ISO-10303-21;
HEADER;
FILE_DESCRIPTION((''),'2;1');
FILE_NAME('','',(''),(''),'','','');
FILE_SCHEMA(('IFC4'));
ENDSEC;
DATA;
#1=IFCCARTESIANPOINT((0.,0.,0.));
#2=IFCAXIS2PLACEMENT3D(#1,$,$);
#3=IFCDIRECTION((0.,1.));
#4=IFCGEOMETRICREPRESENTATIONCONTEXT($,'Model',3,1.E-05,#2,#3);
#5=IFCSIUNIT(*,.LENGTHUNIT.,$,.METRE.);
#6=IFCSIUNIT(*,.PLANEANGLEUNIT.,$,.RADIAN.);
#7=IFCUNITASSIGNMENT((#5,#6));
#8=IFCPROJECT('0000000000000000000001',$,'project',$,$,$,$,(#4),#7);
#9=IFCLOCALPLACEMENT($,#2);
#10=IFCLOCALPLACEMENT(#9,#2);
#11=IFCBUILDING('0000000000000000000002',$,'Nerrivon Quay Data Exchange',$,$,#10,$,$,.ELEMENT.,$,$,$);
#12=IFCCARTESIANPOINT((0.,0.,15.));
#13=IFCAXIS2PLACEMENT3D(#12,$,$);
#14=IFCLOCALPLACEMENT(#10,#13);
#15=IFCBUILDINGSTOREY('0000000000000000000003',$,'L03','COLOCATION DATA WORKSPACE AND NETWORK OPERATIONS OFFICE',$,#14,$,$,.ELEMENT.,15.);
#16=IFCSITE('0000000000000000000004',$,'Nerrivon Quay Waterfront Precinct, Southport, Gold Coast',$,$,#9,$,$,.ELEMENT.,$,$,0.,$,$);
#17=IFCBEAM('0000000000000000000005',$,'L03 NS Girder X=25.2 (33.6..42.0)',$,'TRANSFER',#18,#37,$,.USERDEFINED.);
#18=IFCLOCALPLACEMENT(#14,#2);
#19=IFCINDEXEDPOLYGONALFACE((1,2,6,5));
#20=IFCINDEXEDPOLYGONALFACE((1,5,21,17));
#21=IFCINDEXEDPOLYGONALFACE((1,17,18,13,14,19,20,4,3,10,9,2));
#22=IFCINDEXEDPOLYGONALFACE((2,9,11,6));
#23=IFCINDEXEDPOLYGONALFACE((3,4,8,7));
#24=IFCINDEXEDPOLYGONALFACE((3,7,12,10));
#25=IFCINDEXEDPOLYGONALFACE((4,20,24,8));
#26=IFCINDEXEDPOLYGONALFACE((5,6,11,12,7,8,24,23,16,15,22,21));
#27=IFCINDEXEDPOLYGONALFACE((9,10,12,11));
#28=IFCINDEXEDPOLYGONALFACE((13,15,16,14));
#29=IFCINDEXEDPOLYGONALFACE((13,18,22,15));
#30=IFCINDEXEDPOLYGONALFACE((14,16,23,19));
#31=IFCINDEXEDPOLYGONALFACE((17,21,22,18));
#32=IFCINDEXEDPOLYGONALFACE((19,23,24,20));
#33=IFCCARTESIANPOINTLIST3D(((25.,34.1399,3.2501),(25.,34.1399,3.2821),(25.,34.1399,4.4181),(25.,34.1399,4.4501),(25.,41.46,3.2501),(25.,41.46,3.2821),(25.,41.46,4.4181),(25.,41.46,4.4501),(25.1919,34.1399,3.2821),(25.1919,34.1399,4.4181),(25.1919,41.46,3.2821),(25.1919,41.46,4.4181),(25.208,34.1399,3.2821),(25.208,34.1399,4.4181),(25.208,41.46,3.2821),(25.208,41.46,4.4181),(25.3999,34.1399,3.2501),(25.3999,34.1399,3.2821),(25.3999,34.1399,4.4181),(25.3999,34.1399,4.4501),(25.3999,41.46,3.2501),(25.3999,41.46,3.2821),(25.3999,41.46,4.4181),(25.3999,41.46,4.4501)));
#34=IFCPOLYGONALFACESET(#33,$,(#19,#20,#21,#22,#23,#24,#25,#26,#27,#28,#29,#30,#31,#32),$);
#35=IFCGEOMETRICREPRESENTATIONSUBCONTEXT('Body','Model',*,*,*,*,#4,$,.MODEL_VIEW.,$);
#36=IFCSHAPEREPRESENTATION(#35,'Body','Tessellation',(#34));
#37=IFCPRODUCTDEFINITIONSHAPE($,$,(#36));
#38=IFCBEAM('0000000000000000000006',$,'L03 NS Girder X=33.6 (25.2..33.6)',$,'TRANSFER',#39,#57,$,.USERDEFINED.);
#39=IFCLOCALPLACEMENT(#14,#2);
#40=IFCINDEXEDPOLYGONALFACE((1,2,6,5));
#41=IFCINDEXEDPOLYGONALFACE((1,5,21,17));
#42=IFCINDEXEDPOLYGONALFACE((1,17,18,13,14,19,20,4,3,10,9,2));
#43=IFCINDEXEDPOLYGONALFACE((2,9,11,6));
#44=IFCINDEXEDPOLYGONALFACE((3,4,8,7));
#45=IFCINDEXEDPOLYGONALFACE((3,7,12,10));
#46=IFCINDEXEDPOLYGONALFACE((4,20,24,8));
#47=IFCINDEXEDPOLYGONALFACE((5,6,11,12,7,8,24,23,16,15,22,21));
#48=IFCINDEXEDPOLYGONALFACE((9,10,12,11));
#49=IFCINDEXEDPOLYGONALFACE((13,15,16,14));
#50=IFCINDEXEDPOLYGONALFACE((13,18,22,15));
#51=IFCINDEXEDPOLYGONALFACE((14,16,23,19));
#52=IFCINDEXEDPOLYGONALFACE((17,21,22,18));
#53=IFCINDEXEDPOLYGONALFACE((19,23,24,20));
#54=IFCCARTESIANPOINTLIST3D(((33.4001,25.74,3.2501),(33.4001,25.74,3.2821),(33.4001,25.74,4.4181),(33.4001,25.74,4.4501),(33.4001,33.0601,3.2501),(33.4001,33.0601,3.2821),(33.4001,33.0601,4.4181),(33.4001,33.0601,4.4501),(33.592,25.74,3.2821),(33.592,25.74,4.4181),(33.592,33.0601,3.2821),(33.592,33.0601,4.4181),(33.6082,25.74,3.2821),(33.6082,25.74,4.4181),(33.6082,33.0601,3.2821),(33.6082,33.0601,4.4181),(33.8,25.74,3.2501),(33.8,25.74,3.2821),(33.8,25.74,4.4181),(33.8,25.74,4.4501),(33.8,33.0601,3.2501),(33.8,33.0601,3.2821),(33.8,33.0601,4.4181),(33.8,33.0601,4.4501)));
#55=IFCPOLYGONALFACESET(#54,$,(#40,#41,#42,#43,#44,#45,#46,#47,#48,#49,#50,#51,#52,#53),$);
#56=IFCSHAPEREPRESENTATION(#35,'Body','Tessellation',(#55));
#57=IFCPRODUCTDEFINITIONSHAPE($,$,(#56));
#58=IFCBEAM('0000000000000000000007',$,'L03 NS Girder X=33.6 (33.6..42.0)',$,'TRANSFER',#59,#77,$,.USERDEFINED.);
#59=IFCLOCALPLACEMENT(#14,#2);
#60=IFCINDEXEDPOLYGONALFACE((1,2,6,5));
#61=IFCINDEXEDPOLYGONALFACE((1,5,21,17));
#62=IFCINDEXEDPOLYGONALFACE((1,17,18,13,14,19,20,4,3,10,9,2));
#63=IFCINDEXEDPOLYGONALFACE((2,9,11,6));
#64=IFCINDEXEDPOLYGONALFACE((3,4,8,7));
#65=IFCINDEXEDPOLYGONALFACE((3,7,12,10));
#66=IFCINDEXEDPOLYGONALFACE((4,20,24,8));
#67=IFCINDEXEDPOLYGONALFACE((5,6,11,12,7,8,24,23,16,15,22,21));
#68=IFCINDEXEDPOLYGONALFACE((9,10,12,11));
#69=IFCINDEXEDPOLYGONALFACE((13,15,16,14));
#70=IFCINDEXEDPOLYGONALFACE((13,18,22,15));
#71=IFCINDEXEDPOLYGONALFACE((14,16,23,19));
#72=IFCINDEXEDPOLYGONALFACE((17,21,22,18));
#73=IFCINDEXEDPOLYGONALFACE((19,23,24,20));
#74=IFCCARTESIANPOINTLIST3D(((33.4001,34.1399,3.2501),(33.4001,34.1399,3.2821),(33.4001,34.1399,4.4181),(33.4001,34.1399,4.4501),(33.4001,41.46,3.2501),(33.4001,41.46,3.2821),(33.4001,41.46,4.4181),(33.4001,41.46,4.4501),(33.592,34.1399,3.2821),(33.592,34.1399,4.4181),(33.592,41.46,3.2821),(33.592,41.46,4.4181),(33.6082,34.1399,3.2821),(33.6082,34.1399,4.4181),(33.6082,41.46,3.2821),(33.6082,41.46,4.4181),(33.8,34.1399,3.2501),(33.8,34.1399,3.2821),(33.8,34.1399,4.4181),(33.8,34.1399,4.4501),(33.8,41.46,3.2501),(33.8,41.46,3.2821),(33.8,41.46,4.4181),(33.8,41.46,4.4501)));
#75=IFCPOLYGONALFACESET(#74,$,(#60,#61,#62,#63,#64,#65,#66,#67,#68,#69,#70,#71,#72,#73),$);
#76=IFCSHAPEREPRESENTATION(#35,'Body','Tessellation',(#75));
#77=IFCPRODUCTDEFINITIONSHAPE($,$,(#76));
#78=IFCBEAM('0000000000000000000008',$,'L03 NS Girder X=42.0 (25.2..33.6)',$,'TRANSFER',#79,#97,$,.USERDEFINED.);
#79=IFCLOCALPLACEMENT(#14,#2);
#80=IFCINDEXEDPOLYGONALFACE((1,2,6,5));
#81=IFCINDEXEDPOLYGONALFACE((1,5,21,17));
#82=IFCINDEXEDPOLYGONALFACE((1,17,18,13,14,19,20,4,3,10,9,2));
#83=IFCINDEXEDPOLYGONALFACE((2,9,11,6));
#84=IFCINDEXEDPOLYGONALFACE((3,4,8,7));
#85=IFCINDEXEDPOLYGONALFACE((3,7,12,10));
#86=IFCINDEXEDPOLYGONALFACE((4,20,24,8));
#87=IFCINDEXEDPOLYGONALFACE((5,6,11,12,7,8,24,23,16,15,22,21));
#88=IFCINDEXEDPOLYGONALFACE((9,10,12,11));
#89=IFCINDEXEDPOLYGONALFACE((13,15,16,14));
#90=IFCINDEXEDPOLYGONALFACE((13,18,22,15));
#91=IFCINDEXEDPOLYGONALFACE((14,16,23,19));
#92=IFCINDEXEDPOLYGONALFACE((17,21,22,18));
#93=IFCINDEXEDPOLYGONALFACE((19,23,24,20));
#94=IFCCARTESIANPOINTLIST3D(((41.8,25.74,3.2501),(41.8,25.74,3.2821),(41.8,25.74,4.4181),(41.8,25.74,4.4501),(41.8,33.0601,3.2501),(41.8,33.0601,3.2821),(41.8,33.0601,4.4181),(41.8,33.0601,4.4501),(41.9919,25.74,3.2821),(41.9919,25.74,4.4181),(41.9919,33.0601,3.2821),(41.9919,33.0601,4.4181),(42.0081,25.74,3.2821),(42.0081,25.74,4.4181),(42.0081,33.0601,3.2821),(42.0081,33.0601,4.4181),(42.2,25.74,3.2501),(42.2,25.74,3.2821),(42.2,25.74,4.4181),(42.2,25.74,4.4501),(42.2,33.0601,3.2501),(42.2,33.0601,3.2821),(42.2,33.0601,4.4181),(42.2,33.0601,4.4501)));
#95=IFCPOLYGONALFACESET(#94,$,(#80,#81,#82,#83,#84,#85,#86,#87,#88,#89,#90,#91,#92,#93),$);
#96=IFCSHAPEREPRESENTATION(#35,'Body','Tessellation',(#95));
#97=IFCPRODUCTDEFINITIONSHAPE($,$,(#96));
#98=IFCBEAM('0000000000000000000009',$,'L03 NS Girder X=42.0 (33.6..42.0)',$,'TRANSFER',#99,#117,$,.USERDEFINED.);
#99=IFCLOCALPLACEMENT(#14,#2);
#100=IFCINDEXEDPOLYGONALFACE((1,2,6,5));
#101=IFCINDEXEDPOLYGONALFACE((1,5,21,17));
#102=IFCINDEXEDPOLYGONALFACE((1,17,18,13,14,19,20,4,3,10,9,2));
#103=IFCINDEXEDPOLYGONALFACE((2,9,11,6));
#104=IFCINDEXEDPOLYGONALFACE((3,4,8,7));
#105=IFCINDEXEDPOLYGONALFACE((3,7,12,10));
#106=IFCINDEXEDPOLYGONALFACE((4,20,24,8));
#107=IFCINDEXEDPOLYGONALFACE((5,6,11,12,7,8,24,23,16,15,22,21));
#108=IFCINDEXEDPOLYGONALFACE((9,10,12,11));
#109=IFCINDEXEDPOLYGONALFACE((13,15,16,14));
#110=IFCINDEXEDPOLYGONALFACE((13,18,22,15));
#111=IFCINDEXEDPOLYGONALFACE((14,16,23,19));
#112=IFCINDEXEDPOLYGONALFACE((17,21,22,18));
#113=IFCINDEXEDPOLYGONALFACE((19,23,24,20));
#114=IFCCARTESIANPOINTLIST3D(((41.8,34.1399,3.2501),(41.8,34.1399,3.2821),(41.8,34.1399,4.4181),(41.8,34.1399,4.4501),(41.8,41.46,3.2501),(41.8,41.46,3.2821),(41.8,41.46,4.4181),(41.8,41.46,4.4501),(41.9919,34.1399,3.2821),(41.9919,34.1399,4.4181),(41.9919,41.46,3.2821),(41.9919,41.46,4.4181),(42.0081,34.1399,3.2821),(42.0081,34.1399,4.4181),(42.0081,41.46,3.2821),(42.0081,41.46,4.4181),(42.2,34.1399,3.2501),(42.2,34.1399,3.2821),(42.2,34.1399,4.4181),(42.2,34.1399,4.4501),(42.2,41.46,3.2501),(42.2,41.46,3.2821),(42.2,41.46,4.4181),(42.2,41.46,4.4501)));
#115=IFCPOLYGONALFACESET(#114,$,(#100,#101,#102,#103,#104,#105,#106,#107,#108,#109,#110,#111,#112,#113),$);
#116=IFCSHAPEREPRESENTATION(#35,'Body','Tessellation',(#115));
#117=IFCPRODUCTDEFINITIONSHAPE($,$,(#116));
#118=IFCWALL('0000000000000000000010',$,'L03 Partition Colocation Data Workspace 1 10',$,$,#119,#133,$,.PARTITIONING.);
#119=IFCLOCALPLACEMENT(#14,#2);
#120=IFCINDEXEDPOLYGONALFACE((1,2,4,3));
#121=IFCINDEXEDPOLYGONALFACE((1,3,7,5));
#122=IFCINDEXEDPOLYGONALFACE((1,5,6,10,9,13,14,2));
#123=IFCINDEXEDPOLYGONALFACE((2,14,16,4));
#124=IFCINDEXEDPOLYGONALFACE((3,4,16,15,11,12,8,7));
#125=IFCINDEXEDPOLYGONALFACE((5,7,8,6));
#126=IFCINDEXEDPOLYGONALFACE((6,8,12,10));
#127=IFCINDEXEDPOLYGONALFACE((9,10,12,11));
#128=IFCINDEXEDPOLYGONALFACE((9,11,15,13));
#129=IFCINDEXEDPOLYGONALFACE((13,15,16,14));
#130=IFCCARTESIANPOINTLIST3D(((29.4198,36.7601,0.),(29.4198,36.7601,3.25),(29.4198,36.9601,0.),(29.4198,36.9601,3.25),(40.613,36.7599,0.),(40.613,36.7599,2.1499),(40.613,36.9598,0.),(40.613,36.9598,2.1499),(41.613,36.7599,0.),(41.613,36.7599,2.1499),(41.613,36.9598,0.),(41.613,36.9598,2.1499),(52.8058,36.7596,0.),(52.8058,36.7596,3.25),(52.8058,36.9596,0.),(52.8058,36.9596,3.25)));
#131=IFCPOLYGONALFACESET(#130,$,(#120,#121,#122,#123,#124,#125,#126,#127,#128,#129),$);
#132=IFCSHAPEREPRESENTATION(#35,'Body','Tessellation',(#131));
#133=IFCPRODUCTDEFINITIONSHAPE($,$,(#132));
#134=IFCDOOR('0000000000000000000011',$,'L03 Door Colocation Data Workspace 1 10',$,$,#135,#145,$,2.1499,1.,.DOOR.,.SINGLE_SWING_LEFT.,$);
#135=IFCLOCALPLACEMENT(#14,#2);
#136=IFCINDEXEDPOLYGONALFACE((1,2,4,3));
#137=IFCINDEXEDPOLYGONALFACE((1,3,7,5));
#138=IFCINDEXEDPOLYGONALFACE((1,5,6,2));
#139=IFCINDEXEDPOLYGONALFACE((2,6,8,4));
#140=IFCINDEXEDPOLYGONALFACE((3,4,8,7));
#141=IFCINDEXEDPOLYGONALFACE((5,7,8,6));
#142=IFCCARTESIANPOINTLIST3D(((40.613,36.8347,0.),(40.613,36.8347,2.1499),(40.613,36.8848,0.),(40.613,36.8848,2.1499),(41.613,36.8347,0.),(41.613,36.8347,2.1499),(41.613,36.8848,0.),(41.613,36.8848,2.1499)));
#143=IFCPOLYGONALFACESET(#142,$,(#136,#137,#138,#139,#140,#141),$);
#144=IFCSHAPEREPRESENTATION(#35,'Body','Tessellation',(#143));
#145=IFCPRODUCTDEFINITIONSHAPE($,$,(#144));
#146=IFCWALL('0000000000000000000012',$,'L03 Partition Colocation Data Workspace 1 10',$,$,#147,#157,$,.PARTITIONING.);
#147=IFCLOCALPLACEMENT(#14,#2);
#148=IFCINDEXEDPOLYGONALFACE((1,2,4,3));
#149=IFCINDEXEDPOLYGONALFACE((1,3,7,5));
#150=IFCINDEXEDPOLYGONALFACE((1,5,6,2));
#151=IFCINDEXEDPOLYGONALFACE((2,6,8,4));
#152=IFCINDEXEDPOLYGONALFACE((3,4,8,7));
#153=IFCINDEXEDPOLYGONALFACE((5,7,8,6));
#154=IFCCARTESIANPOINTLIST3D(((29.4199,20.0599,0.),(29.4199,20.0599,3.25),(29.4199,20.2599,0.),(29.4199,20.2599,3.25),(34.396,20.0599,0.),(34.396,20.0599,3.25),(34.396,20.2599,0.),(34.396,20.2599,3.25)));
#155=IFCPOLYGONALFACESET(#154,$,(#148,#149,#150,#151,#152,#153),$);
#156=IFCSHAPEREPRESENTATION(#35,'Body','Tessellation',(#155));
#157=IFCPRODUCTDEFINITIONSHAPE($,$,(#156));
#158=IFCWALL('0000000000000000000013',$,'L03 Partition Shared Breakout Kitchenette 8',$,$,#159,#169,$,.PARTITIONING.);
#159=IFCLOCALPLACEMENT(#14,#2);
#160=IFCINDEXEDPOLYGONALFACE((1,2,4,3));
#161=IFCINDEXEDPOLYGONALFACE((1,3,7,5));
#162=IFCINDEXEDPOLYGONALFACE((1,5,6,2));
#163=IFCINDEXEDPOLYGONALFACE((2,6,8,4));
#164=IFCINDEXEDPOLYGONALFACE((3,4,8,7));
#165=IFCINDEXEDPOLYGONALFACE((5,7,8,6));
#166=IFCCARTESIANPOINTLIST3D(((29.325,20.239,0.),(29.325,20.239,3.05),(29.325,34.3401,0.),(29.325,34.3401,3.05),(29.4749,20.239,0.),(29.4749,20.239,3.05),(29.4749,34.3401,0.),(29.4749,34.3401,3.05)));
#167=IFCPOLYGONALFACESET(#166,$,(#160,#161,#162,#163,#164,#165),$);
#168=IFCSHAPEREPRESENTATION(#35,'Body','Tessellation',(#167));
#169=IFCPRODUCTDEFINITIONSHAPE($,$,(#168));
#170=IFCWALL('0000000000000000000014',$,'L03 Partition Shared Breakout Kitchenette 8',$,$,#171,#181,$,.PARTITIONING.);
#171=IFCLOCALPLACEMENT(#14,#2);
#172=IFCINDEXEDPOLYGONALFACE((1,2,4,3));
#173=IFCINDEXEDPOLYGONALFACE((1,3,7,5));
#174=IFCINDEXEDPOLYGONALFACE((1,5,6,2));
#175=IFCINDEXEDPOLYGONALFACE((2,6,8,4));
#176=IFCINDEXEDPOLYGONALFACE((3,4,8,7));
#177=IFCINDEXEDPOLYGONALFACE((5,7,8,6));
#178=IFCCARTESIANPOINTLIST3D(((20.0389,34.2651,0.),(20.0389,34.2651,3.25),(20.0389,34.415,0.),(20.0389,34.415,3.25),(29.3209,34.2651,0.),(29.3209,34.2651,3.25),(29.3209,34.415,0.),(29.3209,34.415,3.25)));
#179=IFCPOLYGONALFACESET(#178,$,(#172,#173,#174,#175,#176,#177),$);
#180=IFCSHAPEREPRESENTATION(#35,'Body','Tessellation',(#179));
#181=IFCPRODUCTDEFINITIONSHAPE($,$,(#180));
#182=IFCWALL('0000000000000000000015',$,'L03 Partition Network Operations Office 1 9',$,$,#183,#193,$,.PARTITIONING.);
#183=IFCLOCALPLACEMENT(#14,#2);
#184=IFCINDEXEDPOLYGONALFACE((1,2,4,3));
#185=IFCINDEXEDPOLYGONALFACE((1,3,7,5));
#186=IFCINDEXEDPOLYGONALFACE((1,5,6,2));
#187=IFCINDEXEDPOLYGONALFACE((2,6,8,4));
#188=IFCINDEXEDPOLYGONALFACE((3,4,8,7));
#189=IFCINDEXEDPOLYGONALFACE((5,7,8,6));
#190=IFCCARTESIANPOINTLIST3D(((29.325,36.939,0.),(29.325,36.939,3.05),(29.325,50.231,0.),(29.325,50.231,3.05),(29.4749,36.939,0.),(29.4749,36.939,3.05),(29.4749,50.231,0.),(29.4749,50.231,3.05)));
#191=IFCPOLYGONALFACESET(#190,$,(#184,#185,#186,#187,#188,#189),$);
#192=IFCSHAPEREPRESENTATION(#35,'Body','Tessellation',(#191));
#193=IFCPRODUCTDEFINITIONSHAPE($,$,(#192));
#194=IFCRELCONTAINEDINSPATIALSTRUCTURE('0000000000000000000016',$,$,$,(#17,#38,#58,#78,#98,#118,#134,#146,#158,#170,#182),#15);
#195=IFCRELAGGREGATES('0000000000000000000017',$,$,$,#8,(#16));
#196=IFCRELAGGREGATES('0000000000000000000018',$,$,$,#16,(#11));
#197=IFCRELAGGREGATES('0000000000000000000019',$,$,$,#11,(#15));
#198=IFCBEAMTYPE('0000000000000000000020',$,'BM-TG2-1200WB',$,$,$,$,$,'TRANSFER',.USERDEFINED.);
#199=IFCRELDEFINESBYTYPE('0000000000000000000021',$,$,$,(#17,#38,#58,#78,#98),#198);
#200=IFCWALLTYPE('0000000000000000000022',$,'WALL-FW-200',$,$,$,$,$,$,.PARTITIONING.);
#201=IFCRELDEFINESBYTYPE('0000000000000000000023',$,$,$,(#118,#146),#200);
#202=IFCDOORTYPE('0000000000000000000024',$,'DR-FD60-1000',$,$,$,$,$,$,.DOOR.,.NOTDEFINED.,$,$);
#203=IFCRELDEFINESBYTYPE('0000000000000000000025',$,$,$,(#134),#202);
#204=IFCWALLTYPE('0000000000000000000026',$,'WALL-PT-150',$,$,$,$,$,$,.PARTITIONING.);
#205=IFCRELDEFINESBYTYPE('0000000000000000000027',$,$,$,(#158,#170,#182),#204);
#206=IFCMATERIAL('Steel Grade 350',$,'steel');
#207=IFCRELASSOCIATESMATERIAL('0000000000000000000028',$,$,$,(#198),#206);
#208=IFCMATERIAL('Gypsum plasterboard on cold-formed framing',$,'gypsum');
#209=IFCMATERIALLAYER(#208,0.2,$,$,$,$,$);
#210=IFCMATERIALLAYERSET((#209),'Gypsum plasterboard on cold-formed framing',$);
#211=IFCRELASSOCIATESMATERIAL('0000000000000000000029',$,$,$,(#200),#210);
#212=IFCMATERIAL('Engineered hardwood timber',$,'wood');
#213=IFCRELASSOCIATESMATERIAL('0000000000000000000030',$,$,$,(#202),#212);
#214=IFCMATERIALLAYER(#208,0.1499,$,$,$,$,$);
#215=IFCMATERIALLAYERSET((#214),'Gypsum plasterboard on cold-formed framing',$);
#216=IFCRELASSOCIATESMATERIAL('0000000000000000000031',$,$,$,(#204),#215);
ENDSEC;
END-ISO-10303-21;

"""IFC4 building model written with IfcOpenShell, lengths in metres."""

from ifc_helpers import new_model, si_unit, direction, frame, frame_2d, origin, origin_2d, place, context, subcontext, project, spatial, rectangle, i_section, extrude, material, layer, layer_set, material_profile, profile_set, type_object, element, fill, save


model = new_model("IFC4")

# Units and contexts
model_context = context("Model", 3, precision=1e-05, world=origin(), true_north=direction((0.0, 1.0)))
body_context = subcontext(model_context, "Body", "Model", "MODEL_VIEW")
ifc_project = project(units=[si_unit("LENGTHUNIT", "METRE"), si_unit("PLANEANGLEUNIT", "RADIAN")], contexts=[model_context])

# Site, building, storey
site_placement = place(None, origin())
site = spatial("IfcSite", under=ifc_project, at=site_placement, Name="Nerrivon Quay Waterfront Precinct, Southport, Gold Coast", CompositionType="ELEMENT", RefElevation=0.0)
building_placement = place(site_placement, origin())
building = spatial("IfcBuilding", under=site, at=building_placement, Name="Nerrivon Quay Data Exchange", CompositionType="ELEMENT")
storey_placement = place(building_placement, frame((0.0, 0.0, 15.0)))
storey = spatial("IfcBuildingStorey", under=building, at=storey_placement, Name="L03", Description="COLOCATION DATA WORKSPACE AND NETWORK OPERATIONS OFFICE", CompositionType="ELEMENT", Elevation=15.0)

# Beams
ifc_material_1 = material(Name="Steel Grade 350", Category="steel")
ifc_material_profile_1 = material_profile(ifc_material_1, i_section(OverallWidth=0.3999, OverallDepth=1.2, WebThickness=0.0161, FlangeThickness=0.032, at=origin_2d()), Name="1200WB342")
ifc_profile_set_1 = profile_set([ifc_material_profile_1], Name="Steel Grade 350")
beam_type_1 = type_object("IfcBeamType", Name="BM-TG2-1200WB", ElementType="TRANSFER", PredefinedType="USERDEFINED", material=ifc_profile_set_1)
for number, where, z_axis, x_axis, name in (
    (1, (25.2, 34.1399, 3.8501), (0.0, 1.0, 0.0), (-1.0, 0.0, 0.0), "L03 NS Girder X=25.2 (33.6..42.0)"),
    (2, (33.6001, 25.74, 3.8501), (0.0, 1.0, 0.0), (-1.0, 0.0, 0.0), "L03 NS Girder X=33.6 (25.2..33.6)"),
    (3, (33.6001, 34.1399, 3.8501), (0.0, 1.0, 0.0), (-1.0, 0.0, 0.0), "L03 NS Girder X=33.6 (33.6..42.0)"),
    (4, (42.0, 25.74, 3.8501), (0.0, 1.0, 0.0), (-1.0, 0.0, 0.0), "L03 NS Girder X=42.0 (25.2..33.6)"),
    (5, (42.0, 34.1399, 3.8501), (0.0, 1.0, 0.0), (-1.0, 0.0, 0.0), "L03 NS Girder X=42.0 (33.6..42.0)"),
):
    element("IfcBeam", number, at=place(storey_placement, frame(where, z_axis=z_axis, x_axis=x_axis)), inside=storey, type_object=beam_type_1, Name=name, ObjectType="TRANSFER", PredefinedType="USERDEFINED", context=body_context, shape_type="SweptSolid", body=[
        extrude(i_section(OverallWidth=0.3999, OverallDepth=1.2, WebThickness=0.0161, FlangeThickness=0.032, at=origin_2d()), origin(), (0.0, 0.0, 1.0), 7.3201),
    ])

# Wall, opening, door
ifc_material_2 = material(Name="Gypsum plasterboard on cold-formed framing", Category="gypsum")
ifc_layer_1 = layer(ifc_material_2, 0.2)
ifc_layer_set_1 = layer_set([ifc_layer_1], Name="Gypsum plasterboard on cold-formed framing")
wall_type_1 = type_object("IfcWallType", Name="WALL-FW-200", PredefinedType="PARTITIONING", material=ifc_layer_set_1)
wall_1_placement = place(storey_placement, frame((29.4199, 36.8601, 0.0), z_axis=(0.0, 0.0, 1.0), x_axis=(1.0, -0.000021, 0.0)))
wall_1 = element("IfcWall", 6, at=wall_1_placement, inside=storey, type_object=wall_type_1, Name="L03 Partition Colocation Data Workspace 1 10", PredefinedType="PARTITIONING", context=body_context, shape_type="SweptSolid", body=[
    extrude(rectangle(XDim=23.386, YDim=0.2, at=frame_2d((11.6929, 0.0))), origin(), (0.0, 0.0, 1.0), 3.25),
])
opening_placement = place(wall_1_placement, frame((11.1931, 0.0, 0.0)))
opening = element("IfcOpeningElement", 7, at=opening_placement, cuts=wall_1, PredefinedType="OPENING", context=body_context, shape_type="SweptSolid", body=[
    extrude(rectangle(XDim=1.0, YDim=2.1499, at=frame_2d((0.5, 1.075))), frame((0.0, 0.1099, 0.0), z_axis=(0.0, -1.0, 0.0), x_axis=(1.0, 0.0, 0.0)), (0.0, 0.0, 1.0), 0.22),
])
ifc_material_3 = material(Name="Engineered hardwood timber", Category="wood")
door_type = type_object("IfcDoorType", Name="DR-FD60-1000", OperationType="NOTDEFINED", PredefinedType="DOOR", material=ifc_material_3)
door_placement = place(opening_placement, origin())
door = element("IfcDoor", 8, at=door_placement, inside=storey, type_object=door_type, Name="L03 Door Colocation Data Workspace 1 10", OperationType="SINGLE_SWING_LEFT", OverallHeight=2.1499, OverallWidth=1.0, PredefinedType="DOOR", context=body_context, shape_type="SweptSolid", body=[
    extrude(rectangle(XDim=1.0, YDim=2.1499, at=frame_2d((0.5, 1.075))), frame((0.0, 0.0249, 0.0), z_axis=(0.0, -1.0, 0.0), x_axis=(1.0, 0.0, 0.0)), (0.0, 0.0, 1.0), 0.05),
])
fill(opening, door)

# Walls
wall_2_placement = place(storey_placement, frame((29.4199, 20.1599, 0.0), z_axis=(0.0, 0.0, 1.0), x_axis=(1.0, 0.0, 0.0)))
element("IfcWall", 9, at=wall_2_placement, inside=storey, type_object=wall_type_1, Name="L03 Partition Colocation Data Workspace 1 10", PredefinedType="PARTITIONING", context=body_context, shape_type="SweptSolid", body=[
    extrude(rectangle(XDim=4.9761, YDim=0.2, at=frame_2d((2.488, 0.0))), origin(), (0.0, 0.0, 1.0), 3.25),
])
ifc_layer_2 = layer(ifc_material_2, 0.1499)
ifc_layer_set_2 = layer_set([ifc_layer_2], Name="Gypsum plasterboard on cold-formed framing")
wall_type_2 = type_object("IfcWallType", Name="WALL-PT-150", PredefinedType="PARTITIONING", material=ifc_layer_set_2)
wall_3_placement = place(storey_placement, frame((29.3999, 20.239, 0.0), z_axis=(0.0, 0.0, 1.0), x_axis=(0.0, 1.0, 0.0)))
element("IfcWall", 10, at=wall_3_placement, inside=storey, type_object=wall_type_2, Name="L03 Partition Shared Breakout Kitchenette 8", PredefinedType="PARTITIONING", context=body_context, shape_type="SweptSolid", body=[
    extrude(rectangle(XDim=14.1011, YDim=0.1499, at=frame_2d((7.0505, 0.0))), origin(), (0.0, 0.0, 1.0), 3.05),
])
wall_4_placement = place(storey_placement, frame((29.321, 34.3401, 0.0), z_axis=(0.0, 0.0, 1.0), x_axis=(-1.0, 0.0, 0.0)))
element("IfcWall", 11, at=wall_4_placement, inside=storey, type_object=wall_type_2, Name="L03 Partition Shared Breakout Kitchenette 8", PredefinedType="PARTITIONING", context=body_context, shape_type="SweptSolid", body=[
    extrude(rectangle(XDim=9.282, YDim=0.1499, at=frame_2d((4.6411, 0.0))), origin(), (0.0, 0.0, 1.0), 3.25),
])
wall_5_placement = place(storey_placement, frame((29.3999, 36.939, 0.0), z_axis=(0.0, 0.0, 1.0), x_axis=(0.0, 1.0, 0.0)))
element("IfcWall", 12, at=wall_5_placement, inside=storey, type_object=wall_type_2, Name="L03 Partition Network Operations Office 1 9", PredefinedType="PARTITIONING", context=body_context, shape_type="SweptSolid", body=[
    extrude(rectangle(XDim=13.292, YDim=0.1499, at=frame_2d((6.646, 0.0))), origin(), (0.0, 0.0, 1.0), 3.05),
])

save(model, "model.ifc")
